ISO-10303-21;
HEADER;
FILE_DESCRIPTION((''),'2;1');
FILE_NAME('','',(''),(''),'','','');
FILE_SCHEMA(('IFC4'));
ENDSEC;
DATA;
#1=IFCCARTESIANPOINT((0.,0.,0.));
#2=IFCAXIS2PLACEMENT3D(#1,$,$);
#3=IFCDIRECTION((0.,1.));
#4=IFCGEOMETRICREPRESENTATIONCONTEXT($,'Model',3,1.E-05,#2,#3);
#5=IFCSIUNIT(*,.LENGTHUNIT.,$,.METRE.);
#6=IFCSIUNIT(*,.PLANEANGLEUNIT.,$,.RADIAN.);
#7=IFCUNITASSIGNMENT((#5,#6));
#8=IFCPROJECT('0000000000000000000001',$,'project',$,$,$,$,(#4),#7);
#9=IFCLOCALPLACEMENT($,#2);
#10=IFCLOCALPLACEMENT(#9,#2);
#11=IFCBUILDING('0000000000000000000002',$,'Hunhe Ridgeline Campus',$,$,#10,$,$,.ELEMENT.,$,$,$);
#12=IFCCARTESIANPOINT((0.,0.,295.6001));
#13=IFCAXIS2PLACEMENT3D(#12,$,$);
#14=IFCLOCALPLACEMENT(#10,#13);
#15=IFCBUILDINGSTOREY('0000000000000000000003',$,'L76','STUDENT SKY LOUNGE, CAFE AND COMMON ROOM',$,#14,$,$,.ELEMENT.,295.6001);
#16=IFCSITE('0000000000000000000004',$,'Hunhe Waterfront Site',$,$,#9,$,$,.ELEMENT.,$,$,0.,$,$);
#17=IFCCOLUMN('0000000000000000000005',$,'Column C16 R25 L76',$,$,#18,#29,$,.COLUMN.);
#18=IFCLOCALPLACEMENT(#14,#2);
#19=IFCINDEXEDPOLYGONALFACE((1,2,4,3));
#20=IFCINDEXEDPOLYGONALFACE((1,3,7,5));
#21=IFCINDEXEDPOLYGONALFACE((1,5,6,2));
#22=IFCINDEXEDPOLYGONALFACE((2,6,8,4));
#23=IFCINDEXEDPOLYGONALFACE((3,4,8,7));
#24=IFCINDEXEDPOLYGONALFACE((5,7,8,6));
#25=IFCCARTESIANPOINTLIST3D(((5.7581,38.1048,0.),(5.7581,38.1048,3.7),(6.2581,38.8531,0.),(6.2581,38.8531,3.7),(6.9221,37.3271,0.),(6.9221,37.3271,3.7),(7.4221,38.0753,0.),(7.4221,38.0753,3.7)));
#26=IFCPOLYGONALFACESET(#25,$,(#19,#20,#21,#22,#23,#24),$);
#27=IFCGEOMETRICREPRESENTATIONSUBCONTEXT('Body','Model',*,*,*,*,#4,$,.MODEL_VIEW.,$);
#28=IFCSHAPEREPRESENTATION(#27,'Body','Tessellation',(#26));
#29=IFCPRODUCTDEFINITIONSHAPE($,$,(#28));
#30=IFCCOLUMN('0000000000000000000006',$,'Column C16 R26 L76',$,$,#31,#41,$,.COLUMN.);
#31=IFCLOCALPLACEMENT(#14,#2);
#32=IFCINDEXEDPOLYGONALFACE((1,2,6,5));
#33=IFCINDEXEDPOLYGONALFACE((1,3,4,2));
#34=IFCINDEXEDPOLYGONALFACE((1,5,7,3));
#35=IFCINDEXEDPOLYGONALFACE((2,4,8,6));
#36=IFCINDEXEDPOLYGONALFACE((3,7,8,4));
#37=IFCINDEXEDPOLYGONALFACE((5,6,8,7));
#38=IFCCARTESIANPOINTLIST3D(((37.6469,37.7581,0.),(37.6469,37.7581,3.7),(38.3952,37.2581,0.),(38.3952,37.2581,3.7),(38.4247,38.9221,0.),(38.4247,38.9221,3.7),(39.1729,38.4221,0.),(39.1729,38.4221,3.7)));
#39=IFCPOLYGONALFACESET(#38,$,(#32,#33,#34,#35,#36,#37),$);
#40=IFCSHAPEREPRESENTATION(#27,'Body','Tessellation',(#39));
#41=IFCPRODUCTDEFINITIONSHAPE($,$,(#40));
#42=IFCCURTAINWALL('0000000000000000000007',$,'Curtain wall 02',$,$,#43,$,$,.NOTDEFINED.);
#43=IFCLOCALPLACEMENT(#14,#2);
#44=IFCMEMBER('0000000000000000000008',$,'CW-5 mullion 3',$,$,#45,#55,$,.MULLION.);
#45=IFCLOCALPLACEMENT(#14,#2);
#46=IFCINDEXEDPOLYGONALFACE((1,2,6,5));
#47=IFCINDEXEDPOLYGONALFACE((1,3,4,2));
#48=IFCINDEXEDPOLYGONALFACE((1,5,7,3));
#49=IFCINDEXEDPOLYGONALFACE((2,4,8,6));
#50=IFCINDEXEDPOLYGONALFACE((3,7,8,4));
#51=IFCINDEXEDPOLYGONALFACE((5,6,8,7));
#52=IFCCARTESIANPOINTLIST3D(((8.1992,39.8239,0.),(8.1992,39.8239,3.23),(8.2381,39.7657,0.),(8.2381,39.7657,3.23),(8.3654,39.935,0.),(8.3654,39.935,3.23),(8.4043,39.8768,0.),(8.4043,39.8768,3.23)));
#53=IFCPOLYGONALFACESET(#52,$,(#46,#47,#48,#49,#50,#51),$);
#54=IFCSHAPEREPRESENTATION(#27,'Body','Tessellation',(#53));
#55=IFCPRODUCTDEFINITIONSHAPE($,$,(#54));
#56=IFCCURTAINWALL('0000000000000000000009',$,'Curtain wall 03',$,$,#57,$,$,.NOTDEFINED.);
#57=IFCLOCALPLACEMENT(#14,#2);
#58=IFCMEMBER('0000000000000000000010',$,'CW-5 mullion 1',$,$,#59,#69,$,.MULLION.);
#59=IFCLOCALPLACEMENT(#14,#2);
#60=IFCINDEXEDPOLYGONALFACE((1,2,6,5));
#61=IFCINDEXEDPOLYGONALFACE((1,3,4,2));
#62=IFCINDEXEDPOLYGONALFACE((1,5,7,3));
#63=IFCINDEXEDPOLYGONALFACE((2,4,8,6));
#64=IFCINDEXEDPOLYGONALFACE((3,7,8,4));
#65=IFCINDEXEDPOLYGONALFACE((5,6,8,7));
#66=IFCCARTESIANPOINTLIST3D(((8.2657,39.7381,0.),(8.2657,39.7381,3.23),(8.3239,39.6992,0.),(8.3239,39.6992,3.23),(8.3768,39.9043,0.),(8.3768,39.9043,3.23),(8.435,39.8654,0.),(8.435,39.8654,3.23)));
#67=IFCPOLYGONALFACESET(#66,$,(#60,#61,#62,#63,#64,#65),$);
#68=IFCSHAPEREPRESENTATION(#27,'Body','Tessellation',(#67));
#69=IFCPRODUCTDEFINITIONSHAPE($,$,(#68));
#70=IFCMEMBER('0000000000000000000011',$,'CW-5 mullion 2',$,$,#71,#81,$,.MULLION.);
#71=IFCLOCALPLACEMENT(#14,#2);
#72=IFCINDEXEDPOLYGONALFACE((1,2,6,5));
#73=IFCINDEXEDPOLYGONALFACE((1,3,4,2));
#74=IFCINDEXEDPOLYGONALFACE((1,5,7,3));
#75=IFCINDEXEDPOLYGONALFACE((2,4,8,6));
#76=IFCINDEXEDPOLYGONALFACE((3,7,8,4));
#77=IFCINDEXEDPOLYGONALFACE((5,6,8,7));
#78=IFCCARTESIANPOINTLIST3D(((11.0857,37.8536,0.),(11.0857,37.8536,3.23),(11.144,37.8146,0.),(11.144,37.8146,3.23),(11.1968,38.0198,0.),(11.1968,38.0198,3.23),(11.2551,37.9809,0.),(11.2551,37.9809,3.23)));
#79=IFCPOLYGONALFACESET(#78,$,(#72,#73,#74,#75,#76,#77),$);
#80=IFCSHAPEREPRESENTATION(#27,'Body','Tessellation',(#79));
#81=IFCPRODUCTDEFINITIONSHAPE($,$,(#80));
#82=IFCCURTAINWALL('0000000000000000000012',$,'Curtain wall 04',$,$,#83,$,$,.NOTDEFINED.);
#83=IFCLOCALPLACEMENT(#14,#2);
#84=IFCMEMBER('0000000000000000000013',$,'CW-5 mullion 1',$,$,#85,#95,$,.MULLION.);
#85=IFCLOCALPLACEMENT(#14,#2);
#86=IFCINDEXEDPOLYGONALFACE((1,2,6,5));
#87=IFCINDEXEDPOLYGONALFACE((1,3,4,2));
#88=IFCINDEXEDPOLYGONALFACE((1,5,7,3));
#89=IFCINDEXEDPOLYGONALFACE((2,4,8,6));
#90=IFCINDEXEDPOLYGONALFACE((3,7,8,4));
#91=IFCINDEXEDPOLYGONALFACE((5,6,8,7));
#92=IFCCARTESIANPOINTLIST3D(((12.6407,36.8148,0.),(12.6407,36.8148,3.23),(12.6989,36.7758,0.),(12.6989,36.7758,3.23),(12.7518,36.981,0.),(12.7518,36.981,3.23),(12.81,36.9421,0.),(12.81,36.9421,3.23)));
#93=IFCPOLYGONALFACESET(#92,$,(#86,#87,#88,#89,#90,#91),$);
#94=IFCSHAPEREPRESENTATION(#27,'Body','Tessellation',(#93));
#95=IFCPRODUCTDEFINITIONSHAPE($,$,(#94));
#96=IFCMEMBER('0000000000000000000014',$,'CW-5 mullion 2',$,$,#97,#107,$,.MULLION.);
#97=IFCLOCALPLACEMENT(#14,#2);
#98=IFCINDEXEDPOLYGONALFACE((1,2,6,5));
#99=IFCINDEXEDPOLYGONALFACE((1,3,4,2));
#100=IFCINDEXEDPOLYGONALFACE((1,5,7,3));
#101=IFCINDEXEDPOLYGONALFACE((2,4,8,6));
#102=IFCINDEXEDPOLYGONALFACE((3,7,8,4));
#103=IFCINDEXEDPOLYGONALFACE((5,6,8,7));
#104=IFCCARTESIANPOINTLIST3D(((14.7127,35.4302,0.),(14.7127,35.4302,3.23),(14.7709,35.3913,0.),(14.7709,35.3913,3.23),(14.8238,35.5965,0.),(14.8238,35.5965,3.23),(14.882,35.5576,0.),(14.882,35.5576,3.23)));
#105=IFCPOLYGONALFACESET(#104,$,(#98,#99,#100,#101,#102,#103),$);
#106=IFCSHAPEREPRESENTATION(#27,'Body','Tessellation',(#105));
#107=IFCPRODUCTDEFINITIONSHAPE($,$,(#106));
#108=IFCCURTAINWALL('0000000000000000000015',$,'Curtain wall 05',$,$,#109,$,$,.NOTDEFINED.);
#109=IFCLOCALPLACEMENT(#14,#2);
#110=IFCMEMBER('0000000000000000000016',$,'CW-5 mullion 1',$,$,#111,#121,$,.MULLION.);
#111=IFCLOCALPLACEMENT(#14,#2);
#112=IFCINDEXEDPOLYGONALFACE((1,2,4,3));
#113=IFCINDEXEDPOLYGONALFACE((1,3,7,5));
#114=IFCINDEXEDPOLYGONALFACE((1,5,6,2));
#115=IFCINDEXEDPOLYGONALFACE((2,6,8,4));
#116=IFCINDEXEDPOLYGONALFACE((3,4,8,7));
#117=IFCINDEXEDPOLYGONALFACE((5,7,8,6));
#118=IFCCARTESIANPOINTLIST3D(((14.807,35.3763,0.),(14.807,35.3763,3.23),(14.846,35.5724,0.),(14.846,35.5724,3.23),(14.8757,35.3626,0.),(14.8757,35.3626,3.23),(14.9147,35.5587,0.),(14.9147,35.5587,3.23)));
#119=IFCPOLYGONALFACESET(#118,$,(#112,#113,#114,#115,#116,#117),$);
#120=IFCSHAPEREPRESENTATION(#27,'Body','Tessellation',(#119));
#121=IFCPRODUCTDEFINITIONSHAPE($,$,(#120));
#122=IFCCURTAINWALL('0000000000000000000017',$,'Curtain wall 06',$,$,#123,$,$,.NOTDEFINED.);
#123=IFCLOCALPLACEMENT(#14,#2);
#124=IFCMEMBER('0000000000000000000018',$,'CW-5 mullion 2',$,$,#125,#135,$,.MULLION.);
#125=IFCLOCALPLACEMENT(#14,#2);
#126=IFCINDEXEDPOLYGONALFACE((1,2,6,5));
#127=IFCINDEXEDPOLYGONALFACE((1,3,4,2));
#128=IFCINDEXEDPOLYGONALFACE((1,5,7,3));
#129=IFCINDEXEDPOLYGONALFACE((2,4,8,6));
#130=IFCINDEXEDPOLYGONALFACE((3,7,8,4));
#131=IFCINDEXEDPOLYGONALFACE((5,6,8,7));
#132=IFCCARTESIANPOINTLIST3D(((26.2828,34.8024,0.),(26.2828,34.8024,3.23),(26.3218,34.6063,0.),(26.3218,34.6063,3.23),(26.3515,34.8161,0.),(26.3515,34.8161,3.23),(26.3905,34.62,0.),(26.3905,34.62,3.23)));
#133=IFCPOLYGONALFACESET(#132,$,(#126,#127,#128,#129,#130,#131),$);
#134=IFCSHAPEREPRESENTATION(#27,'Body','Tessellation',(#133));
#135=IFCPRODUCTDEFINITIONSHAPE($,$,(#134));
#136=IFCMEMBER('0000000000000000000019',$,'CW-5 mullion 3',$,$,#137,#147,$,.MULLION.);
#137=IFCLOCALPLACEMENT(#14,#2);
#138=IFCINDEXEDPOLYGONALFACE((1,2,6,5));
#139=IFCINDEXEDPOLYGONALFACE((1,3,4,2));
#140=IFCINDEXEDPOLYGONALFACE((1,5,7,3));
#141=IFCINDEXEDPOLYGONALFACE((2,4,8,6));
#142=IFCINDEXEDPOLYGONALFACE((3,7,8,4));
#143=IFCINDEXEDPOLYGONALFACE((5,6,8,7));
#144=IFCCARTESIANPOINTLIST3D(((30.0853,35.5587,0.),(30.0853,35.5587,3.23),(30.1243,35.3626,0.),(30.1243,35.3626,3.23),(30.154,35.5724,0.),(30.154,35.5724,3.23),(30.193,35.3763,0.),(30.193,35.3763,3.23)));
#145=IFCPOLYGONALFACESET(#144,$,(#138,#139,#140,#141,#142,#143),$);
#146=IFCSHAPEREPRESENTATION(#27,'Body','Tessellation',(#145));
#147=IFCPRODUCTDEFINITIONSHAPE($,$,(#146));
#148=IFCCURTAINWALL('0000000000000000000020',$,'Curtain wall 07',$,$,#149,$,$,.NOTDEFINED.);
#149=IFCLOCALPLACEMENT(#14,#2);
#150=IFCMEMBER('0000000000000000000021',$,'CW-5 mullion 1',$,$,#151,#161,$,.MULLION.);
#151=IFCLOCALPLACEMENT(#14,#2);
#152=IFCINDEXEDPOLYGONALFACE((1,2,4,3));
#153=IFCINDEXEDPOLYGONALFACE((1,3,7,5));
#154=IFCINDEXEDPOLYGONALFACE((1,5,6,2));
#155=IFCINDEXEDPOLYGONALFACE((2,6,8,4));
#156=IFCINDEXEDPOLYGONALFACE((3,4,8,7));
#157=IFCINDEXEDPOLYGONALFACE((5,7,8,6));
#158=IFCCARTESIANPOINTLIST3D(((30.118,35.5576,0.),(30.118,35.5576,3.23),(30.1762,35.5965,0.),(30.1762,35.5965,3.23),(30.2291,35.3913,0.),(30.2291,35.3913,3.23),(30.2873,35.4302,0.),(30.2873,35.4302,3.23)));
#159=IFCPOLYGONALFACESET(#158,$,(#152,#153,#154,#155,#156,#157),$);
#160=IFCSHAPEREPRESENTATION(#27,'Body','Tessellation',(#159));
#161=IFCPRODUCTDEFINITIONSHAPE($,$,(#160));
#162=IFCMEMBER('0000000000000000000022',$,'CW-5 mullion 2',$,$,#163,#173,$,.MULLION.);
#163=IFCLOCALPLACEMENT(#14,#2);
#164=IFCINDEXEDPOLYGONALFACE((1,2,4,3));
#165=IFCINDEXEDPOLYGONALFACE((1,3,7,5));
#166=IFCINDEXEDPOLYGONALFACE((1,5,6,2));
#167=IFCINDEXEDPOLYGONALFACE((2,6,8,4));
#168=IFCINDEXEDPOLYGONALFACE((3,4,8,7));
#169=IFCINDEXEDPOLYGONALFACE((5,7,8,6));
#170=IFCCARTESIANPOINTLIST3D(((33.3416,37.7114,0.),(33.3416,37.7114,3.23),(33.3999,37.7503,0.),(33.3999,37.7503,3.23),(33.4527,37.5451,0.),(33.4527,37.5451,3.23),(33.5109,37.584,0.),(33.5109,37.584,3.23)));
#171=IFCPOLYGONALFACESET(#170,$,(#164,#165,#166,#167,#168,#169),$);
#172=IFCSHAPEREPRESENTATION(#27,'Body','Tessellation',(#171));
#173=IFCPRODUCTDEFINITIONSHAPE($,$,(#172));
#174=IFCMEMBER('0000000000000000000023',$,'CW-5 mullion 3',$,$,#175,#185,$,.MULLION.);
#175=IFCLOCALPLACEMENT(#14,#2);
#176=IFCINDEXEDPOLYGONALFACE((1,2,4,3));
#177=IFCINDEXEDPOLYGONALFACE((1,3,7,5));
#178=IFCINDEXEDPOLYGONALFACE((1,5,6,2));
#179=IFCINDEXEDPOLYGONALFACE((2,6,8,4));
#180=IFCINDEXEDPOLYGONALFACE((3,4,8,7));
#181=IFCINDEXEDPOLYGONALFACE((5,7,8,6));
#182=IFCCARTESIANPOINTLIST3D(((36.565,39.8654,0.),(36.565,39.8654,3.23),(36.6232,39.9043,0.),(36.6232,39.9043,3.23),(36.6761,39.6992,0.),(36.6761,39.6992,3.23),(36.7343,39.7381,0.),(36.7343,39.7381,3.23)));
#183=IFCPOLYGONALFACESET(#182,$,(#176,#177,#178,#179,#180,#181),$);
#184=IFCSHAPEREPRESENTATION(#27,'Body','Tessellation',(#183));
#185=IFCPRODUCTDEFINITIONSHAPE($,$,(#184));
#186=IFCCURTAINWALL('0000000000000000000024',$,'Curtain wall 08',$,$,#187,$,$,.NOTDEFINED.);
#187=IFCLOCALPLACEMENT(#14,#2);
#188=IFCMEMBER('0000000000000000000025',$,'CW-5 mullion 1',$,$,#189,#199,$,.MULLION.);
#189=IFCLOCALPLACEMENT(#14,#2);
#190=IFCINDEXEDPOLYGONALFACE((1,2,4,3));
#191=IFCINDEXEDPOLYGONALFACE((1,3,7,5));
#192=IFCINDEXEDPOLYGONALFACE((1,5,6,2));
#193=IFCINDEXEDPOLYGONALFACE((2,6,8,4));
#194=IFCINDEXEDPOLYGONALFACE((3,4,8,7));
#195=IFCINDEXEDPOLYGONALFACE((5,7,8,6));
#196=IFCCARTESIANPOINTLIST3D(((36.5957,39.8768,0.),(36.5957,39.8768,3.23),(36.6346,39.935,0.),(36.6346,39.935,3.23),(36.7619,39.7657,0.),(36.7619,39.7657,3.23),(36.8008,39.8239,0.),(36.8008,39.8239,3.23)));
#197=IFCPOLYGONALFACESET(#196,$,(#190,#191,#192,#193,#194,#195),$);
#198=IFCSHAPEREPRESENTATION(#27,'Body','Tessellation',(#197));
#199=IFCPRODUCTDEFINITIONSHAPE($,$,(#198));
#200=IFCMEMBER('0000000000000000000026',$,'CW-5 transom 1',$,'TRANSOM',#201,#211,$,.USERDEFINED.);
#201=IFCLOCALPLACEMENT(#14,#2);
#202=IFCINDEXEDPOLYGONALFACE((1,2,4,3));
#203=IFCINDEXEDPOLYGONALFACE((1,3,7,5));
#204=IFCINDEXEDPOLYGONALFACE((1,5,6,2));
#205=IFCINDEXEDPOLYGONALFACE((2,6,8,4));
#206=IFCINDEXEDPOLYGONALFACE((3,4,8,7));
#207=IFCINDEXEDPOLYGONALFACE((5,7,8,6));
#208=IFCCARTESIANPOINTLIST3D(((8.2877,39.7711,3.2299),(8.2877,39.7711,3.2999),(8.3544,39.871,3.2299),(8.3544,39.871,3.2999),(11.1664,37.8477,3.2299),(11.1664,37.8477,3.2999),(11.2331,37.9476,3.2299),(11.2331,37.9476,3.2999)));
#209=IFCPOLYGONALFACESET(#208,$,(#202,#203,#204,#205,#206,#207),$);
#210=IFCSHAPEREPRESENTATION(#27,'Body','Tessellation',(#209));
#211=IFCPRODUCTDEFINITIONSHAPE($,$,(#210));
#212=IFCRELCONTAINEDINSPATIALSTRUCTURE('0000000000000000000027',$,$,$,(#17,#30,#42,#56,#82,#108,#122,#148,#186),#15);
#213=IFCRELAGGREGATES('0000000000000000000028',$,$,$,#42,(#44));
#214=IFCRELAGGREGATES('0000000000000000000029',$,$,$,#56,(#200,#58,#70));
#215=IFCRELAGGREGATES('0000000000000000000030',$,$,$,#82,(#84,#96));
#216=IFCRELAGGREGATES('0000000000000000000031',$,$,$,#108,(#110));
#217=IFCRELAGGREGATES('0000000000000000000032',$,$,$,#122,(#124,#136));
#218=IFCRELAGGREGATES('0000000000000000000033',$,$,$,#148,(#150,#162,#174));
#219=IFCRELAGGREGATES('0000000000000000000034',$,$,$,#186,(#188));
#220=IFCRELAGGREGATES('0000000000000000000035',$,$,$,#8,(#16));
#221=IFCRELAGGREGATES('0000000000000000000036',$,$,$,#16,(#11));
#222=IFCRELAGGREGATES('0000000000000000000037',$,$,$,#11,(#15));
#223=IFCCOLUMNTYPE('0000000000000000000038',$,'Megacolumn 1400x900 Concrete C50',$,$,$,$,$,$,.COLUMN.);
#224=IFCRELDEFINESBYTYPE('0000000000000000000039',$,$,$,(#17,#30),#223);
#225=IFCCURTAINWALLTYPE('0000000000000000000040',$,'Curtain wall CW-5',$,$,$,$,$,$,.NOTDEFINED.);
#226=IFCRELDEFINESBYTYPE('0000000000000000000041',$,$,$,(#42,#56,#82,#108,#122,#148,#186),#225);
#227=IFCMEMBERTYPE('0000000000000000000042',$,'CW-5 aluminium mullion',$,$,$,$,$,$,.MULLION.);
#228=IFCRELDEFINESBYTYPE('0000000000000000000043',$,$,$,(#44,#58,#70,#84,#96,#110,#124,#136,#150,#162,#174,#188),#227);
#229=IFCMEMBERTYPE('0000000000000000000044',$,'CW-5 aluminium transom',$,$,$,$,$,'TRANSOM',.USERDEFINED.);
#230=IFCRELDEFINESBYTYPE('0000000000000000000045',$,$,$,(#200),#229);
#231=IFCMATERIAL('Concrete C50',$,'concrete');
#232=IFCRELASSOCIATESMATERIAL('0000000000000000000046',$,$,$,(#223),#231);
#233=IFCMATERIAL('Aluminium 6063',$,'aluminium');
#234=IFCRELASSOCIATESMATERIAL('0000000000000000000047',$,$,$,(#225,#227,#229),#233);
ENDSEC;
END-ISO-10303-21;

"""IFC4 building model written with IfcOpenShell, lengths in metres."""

from ifc_helpers import new_model, si_unit, direction, frame, origin, origin_2d, place, context, subcontext, project, spatial, rectangle, extrude, material, material_profile, profile_set, type_object, element, aggregate, save


model = new_model("IFC4")

# Units and contexts
model_context = context("Model", 3, precision=1e-05, world=origin(), true_north=direction((0.0, 1.0)))
body_context = subcontext(model_context, "Body", "Model", "MODEL_VIEW")
ifc_project = project(units=[si_unit("LENGTHUNIT", "METRE"), si_unit("PLANEANGLEUNIT", "RADIAN")], contexts=[model_context])

# Site, building, storey
site_placement = place(None, origin())
site = spatial("IfcSite", under=ifc_project, at=site_placement, Name="Hunhe Waterfront Site", CompositionType="ELEMENT", RefElevation=0.0)
building_placement = place(site_placement, origin())
building = spatial("IfcBuilding", under=site, at=building_placement, Name="Hunhe Ridgeline Campus", CompositionType="ELEMENT")
storey_placement = place(building_placement, frame((0.0, 0.0, 295.6001)))
storey = spatial("IfcBuildingStorey", under=building, at=storey_placement, Name="L76", Description="STUDENT SKY LOUNGE, CAFE AND COMMON ROOM", CompositionType="ELEMENT", Elevation=295.6001)

# Columns
ifc_material_1 = material(Name="Concrete C50", Category="concrete")
ifc_material_profile_1 = material_profile(ifc_material_1, rectangle(XDim=1.3999, YDim=0.8999, at=origin_2d()))
ifc_profile_set_1 = profile_set([ifc_material_profile_1], Name="Concrete C50")
column_type = type_object("IfcColumnType", Name="Megacolumn 1400x900 Concrete C50", PredefinedType="COLUMN", material=ifc_profile_set_1)
for number, where, z_axis, x_axis, name in (
    (1, (6.5901, 38.0901, 0.0), (0.0, 0.0, 1.0), (-0.83147, 0.55557, 0.0), "Column C16 R25 L76"),
    (2, (38.4099, 38.0901, 0.0), (0.0, 0.0, 1.0), (0.55557, 0.83147, 0.0), "Column C16 R26 L76"),
):
    element("IfcColumn", number, at=place(storey_placement, frame(where, z_axis=z_axis, x_axis=x_axis)), inside=storey, type_object=column_type, Name=name, PredefinedType="COLUMN", context=body_context, shape_type="SweptSolid", body=[
        extrude(rectangle(XDim=1.3999, YDim=0.8999, at=origin_2d()), origin(), (0.0, 0.0, 1.0), 3.7),
    ])

# Curtain wall, member
ifc_material_2 = material(Name="Aluminium 6063", Category="aluminium")
curtain_wall_type = type_object("IfcCurtainWallType", Name="Curtain wall CW-5", PredefinedType="NOTDEFINED", material=ifc_material_2)
curtain_wall_1_placement = place(storey_placement, origin())
curtain_wall_1 = element("IfcCurtainWall", 3, at=curtain_wall_1_placement, inside=storey, type_object=curtain_wall_type, Name="Curtain wall 02", PredefinedType="NOTDEFINED")
ifc_material_profile_2 = material_profile(ifc_material_2, rectangle(XDim=0.2, YDim=0.0701, at=origin_2d()))
ifc_profile_set_2 = profile_set([ifc_material_profile_2], Name="Aluminium 6063")
member_type_1 = type_object("IfcMemberType", Name="CW-5 aluminium mullion", PredefinedType="MULLION", material=ifc_profile_set_2)
member_1_placement = place(storey_placement, frame((8.3018, 39.8503, 0.0), z_axis=(0.0, 0.0, 1.0), x_axis=(0.83147, 0.55557, 0.0)))
member_1 = element("IfcMember", 4, at=member_1_placement, type_object=member_type_1, Name="CW-5 mullion 3", PredefinedType="MULLION", context=body_context, shape_type="SweptSolid", body=[
    extrude(rectangle(XDim=0.2, YDim=0.0701, at=origin_2d()), origin(), (0.0, 0.0, 1.0), 3.23),
])

# Curtain walls, members
curtain_wall_2_placement = place(storey_placement, origin())
curtain_wall_2 = element("IfcCurtainWall", 5, at=curtain_wall_2_placement, inside=storey, type_object=curtain_wall_type, Name="Curtain wall 03", PredefinedType="NOTDEFINED")
member_2_placement = place(storey_placement, frame((8.3503, 39.8018, 0.0), z_axis=(0.0, 0.0, 1.0), x_axis=(0.55557, 0.83147, 0.0)))
member_2 = element("IfcMember", 6, at=member_2_placement, type_object=member_type_1, Name="CW-5 mullion 1", PredefinedType="MULLION", context=body_context, shape_type="SweptSolid", body=[
    extrude(rectangle(XDim=0.2, YDim=0.0701, at=origin_2d()), origin(), (0.0, 0.0, 1.0), 3.23),
])
member_3_placement = place(storey_placement, frame((11.1704, 37.9172, 0.0), z_axis=(0.0, 0.0, 1.0), x_axis=(0.55557, 0.83147, 0.0)))
member_3 = element("IfcMember", 7, at=member_3_placement, type_object=member_type_1, Name="CW-5 mullion 2", PredefinedType="MULLION", context=body_context, shape_type="SweptSolid", body=[
    extrude(rectangle(XDim=0.2, YDim=0.0701, at=origin_2d()), origin(), (0.0, 0.0, 1.0), 3.23),
])
curtain_wall_3_placement = place(storey_placement, origin())
curtain_wall_3 = element("IfcCurtainWall", 8, at=curtain_wall_3_placement, inside=storey, type_object=curtain_wall_type, Name="Curtain wall 04", PredefinedType="NOTDEFINED")
member_4_placement = place(storey_placement, frame((12.7253, 36.8784, 0.0), z_axis=(0.0, 0.0, 1.0), x_axis=(0.55557, 0.83147, 0.0)))
member_4 = element("IfcMember", 9, at=member_4_placement, type_object=member_type_1, Name="CW-5 mullion 1", PredefinedType="MULLION", context=body_context, shape_type="SweptSolid", body=[
    extrude(rectangle(XDim=0.2, YDim=0.0701, at=origin_2d()), origin(), (0.0, 0.0, 1.0), 3.23),
])
member_5_placement = place(storey_placement, frame((14.7974, 35.4939, 0.0), z_axis=(0.0, 0.0, 1.0), x_axis=(0.55557, 0.83147, 0.0)))
member_5 = element("IfcMember", 10, at=member_5_placement, type_object=member_type_1, Name="CW-5 mullion 2", PredefinedType="MULLION", context=body_context, shape_type="SweptSolid", body=[
    extrude(rectangle(XDim=0.2, YDim=0.0701, at=origin_2d()), origin(), (0.0, 0.0, 1.0), 3.23),
])

# Curtain wall, member
curtain_wall_4_placement = place(storey_placement, origin())
curtain_wall_4 = element("IfcCurtainWall", 11, at=curtain_wall_4_placement, inside=storey, type_object=curtain_wall_type, Name="Curtain wall 05", PredefinedType="NOTDEFINED")
member_6_placement = place(storey_placement, frame((14.8608, 35.4675, 0.0), z_axis=(0.0, 0.0, 1.0), x_axis=(0.19509, 0.980785, 0.0)))
member_6 = element("IfcMember", 12, at=member_6_placement, type_object=member_type_1, Name="CW-5 mullion 1", PredefinedType="MULLION", context=body_context, shape_type="SweptSolid", body=[
    extrude(rectangle(XDim=0.2, YDim=0.0701, at=origin_2d()), origin(), (0.0, 0.0, 1.0), 3.23),
])

# Curtain walls, members
curtain_wall_5_placement = place(storey_placement, origin())
curtain_wall_5 = element("IfcCurtainWall", 13, at=curtain_wall_5_placement, inside=storey, type_object=curtain_wall_type, Name="Curtain wall 06", PredefinedType="NOTDEFINED")
member_7_placement = place(storey_placement, frame((26.3367, 34.7112, 0.0), z_axis=(0.0, 0.0, 1.0), x_axis=(-0.19509, 0.980785, 0.0)))
member_7 = element("IfcMember", 14, at=member_7_placement, type_object=member_type_1, Name="CW-5 mullion 2", PredefinedType="MULLION", context=body_context, shape_type="SweptSolid", body=[
    extrude(rectangle(XDim=0.2, YDim=0.0701, at=origin_2d()), origin(), (0.0, 0.0, 1.0), 3.23),
])
member_8_placement = place(storey_placement, frame((30.1392, 35.4675, 0.0), z_axis=(0.0, 0.0, 1.0), x_axis=(-0.19509, 0.980785, 0.0)))
member_8 = element("IfcMember", 15, at=member_8_placement, type_object=member_type_1, Name="CW-5 mullion 3", PredefinedType="MULLION", context=body_context, shape_type="SweptSolid", body=[
    extrude(rectangle(XDim=0.2, YDim=0.0701, at=origin_2d()), origin(), (0.0, 0.0, 1.0), 3.23),
])
curtain_wall_6_placement = place(storey_placement, origin())
curtain_wall_6 = element("IfcCurtainWall", 16, at=curtain_wall_6_placement, inside=storey, type_object=curtain_wall_type, Name="Curtain wall 07", PredefinedType="NOTDEFINED")
member_9_placement = place(storey_placement, frame((30.2026, 35.4939, 0.0), z_axis=(0.0, 0.0, 1.0), x_axis=(-0.55557, 0.83147, 0.0)))
member_9 = element("IfcMember", 17, at=member_9_placement, type_object=member_type_1, Name="CW-5 mullion 1", PredefinedType="MULLION", context=body_context, shape_type="SweptSolid", body=[
    extrude(rectangle(XDim=0.2, YDim=0.0701, at=origin_2d()), origin(), (0.0, 0.0, 1.0), 3.23),
])
member_10_placement = place(storey_placement, frame((33.4263, 37.6477, 0.0), z_axis=(0.0, 0.0, 1.0), x_axis=(-0.55557, 0.83147, 0.0)))
member_10 = element("IfcMember", 18, at=member_10_placement, type_object=member_type_1, Name="CW-5 mullion 2", PredefinedType="MULLION", context=body_context, shape_type="SweptSolid", body=[
    extrude(rectangle(XDim=0.2, YDim=0.0701, at=origin_2d()), origin(), (0.0, 0.0, 1.0), 3.23),
])
member_11_placement = place(storey_placement, frame((36.6497, 39.8018, 0.0), z_axis=(0.0, 0.0, 1.0), x_axis=(-0.55557, 0.83147, 0.0)))
member_11 = element("IfcMember", 19, at=member_11_placement, type_object=member_type_1, Name="CW-5 mullion 3", PredefinedType="MULLION", context=body_context, shape_type="SweptSolid", body=[
    extrude(rectangle(XDim=0.2, YDim=0.0701, at=origin_2d()), origin(), (0.0, 0.0, 1.0), 3.23),
])

# Curtain wall, member
curtain_wall_7_placement = place(storey_placement, origin())
curtain_wall_7 = element("IfcCurtainWall", 20, at=curtain_wall_7_placement, inside=storey, type_object=curtain_wall_type, Name="Curtain wall 08", PredefinedType="NOTDEFINED")
member_12_placement = place(storey_placement, frame((36.6982, 39.8503, 0.0), z_axis=(0.0, 0.0, 1.0), x_axis=(-0.83147, 0.55557, 0.0)))
member_12 = element("IfcMember", 21, at=member_12_placement, type_object=member_type_1, Name="CW-5 mullion 1", PredefinedType="MULLION", context=body_context, shape_type="SweptSolid", body=[
    extrude(rectangle(XDim=0.2, YDim=0.0701, at=origin_2d()), origin(), (0.0, 0.0, 1.0), 3.23),
])

# Member
ifc_material_profile_3 = material_profile(ifc_material_2, rectangle(XDim=0.1201, YDim=0.0701, at=origin_2d()))
ifc_profile_set_3 = profile_set([ifc_material_profile_3], Name="Aluminium 6063")
member_type_2 = type_object("IfcMemberType", Name="CW-5 aluminium transom", ElementType="TRANSOM", PredefinedType="USERDEFINED", material=ifc_profile_set_3)
member_13_placement = place(storey_placement, frame((8.321, 39.821, 3.2649), z_axis=(0.831486, -0.555546, 0.0), x_axis=(0.555546, 0.831486, 0.0)))
member_13 = element("IfcMember", 22, at=member_13_placement, type_object=member_type_2, Name="CW-5 transom 1", ObjectType="TRANSOM", PredefinedType="USERDEFINED", context=body_context, shape_type="SweptSolid", body=[
    extrude(rectangle(XDim=0.1201, YDim=0.0701, at=origin_2d()), origin(), (0.0, 0.0, 1.0), 3.4622),
])

aggregate(curtain_wall_1, [member_1])
aggregate(curtain_wall_2, [member_13, member_2, member_3])
aggregate(curtain_wall_3, [member_4, member_5])
aggregate(curtain_wall_4, [member_6])
aggregate(curtain_wall_5, [member_7, member_8])
aggregate(curtain_wall_6, [member_9, member_10, member_11])
aggregate(curtain_wall_7, [member_12])

save(model, "model.ifc")
